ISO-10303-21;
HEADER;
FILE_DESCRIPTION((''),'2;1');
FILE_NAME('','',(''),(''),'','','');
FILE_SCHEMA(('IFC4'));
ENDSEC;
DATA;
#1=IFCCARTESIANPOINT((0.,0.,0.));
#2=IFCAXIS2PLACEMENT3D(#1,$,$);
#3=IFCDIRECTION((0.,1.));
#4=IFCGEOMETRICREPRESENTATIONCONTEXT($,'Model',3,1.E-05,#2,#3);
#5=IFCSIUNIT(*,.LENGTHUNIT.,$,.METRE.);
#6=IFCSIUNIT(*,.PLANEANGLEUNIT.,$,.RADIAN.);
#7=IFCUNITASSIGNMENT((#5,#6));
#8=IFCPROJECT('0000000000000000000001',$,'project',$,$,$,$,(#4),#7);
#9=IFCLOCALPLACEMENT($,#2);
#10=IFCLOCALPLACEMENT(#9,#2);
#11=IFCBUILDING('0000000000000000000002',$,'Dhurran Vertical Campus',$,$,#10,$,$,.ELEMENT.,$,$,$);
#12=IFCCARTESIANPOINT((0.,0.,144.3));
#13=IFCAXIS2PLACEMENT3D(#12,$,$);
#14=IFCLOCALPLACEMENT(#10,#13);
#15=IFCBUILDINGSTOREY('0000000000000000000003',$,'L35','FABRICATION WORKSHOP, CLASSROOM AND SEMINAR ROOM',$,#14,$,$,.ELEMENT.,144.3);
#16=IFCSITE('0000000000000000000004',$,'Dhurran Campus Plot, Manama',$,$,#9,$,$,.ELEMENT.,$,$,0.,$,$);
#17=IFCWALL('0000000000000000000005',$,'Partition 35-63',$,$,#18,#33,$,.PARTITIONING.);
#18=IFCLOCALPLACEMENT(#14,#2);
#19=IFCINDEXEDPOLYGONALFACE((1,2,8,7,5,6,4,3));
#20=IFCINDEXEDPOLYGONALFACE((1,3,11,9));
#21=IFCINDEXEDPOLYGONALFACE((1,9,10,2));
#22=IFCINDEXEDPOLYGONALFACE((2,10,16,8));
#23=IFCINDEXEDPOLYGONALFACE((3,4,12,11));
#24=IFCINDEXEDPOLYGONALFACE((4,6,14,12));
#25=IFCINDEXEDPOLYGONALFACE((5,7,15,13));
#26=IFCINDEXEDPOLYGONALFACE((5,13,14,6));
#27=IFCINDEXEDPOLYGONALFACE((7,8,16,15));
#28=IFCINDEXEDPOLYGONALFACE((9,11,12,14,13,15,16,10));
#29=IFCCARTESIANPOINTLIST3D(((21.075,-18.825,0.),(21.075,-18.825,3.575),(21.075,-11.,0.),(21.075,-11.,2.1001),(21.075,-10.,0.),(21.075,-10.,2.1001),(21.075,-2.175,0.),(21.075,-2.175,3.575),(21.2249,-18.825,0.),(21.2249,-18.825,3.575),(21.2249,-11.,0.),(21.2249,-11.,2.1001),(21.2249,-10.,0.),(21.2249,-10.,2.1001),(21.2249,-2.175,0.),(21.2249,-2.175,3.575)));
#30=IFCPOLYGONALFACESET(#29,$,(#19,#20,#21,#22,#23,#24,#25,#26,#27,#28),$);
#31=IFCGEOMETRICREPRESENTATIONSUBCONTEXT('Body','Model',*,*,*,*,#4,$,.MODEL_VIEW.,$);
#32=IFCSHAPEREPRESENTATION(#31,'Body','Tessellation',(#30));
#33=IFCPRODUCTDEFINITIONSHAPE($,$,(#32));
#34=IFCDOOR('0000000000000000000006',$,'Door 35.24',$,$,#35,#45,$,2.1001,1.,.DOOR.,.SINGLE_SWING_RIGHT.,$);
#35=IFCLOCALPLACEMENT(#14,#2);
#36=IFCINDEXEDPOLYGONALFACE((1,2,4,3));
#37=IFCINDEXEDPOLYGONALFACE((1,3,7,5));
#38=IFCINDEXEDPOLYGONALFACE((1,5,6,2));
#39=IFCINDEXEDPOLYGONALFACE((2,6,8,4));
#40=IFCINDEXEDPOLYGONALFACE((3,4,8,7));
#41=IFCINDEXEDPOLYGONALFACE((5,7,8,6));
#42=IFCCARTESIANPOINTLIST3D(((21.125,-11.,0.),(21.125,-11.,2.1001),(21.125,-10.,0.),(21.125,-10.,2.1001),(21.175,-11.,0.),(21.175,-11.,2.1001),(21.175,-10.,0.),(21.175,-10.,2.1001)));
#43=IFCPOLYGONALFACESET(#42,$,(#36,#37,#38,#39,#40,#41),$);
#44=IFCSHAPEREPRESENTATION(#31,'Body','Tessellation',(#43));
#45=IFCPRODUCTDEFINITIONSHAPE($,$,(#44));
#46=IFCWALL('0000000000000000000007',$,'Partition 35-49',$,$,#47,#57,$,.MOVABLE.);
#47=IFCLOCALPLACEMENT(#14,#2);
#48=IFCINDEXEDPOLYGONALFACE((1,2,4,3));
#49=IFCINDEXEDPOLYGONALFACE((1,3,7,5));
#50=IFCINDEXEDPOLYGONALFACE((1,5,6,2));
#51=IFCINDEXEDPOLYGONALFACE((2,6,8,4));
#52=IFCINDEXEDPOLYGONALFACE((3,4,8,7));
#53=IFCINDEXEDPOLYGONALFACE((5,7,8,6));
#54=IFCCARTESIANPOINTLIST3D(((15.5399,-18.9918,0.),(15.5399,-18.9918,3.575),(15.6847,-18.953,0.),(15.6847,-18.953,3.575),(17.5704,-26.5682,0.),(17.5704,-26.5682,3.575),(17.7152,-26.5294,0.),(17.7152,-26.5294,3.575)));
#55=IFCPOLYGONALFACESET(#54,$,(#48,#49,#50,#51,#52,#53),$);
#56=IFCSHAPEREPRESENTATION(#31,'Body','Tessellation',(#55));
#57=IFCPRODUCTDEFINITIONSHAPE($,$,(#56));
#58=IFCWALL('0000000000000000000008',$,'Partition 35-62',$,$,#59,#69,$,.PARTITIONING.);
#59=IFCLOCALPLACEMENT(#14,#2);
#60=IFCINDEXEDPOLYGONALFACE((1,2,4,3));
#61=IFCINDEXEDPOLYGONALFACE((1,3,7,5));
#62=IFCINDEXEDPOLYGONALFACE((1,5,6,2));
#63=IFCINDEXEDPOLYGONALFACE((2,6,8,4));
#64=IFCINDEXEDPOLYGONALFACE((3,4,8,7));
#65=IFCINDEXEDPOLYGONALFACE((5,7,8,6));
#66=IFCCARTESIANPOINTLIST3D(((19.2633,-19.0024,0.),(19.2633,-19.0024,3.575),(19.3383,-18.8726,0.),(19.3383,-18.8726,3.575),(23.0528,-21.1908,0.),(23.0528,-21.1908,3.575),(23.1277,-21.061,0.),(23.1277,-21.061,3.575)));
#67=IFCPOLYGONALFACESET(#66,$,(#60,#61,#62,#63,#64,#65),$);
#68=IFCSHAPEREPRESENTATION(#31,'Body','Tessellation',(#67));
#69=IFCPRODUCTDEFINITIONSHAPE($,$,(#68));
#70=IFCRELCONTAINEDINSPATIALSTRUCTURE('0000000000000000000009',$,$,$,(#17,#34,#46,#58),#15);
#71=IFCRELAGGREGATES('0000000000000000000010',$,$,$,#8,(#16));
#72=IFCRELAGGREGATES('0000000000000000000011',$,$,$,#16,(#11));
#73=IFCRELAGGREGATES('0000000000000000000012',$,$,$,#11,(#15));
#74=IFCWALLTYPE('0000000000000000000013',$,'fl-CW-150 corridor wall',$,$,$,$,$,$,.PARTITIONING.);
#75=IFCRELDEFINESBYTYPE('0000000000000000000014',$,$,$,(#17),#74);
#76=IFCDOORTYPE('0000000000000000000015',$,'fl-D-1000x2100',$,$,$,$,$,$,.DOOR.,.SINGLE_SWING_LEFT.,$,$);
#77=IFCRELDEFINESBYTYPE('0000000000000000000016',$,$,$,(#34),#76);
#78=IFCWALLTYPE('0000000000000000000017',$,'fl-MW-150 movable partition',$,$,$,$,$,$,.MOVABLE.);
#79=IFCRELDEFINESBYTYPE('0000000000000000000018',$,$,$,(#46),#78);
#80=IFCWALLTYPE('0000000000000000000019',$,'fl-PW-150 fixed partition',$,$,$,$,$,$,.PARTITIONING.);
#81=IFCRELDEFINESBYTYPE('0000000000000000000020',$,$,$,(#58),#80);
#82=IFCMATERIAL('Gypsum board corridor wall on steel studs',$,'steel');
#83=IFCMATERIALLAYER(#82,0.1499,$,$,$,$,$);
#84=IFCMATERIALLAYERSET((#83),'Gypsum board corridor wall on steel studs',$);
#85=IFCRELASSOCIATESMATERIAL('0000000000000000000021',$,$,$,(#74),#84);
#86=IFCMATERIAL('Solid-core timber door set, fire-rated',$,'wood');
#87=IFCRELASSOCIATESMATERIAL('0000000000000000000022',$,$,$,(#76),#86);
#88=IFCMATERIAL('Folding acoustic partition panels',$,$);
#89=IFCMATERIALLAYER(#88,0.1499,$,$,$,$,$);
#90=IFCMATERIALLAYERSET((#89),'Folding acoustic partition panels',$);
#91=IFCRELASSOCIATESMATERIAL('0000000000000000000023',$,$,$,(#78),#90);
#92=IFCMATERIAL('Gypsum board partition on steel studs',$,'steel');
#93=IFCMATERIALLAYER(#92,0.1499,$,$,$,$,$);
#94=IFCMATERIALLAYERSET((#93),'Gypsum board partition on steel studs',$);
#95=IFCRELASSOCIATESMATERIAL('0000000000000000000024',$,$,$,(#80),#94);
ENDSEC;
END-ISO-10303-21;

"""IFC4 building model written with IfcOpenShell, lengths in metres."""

from ifc_helpers import new_model, si_unit, direction, frame, frame_2d, origin, place, context, subcontext, project, spatial, rectangle, extrude, material, layer, layer_set, type_object, element, fill, save


model = new_model("IFC4")

# Units and contexts
model_context = context("Model", 3, precision=1e-05, world=origin(), true_north=direction((0.0, 1.0)))
body_context = subcontext(model_context, "Body", "Model", "MODEL_VIEW")
ifc_project = project(units=[si_unit("LENGTHUNIT", "METRE"), si_unit("PLANEANGLEUNIT", "RADIAN")], contexts=[model_context])

# Site, building, storey
site_placement = place(None, origin())
site = spatial("IfcSite", under=ifc_project, at=site_placement, Name="Dhurran Campus Plot, Manama", CompositionType="ELEMENT", RefElevation=0.0)
building_placement = place(site_placement, origin())
building = spatial("IfcBuilding", under=site, at=building_placement, Name="Dhurran Vertical Campus", CompositionType="ELEMENT")
storey_placement = place(building_placement, frame((0.0, 0.0, 144.3)))
storey = spatial("IfcBuildingStorey", under=building, at=storey_placement, Name="L35", Description="FABRICATION WORKSHOP, CLASSROOM AND SEMINAR ROOM", CompositionType="ELEMENT", Elevation=144.3)

# Shared definitions
ifc_material_1 = material(Name="Gypsum board corridor wall on steel studs", Category="steel")
ifc_layer_1 = layer(ifc_material_1, 0.1499)
ifc_layer_set_1 = layer_set([ifc_layer_1], Name="Gypsum board corridor wall on steel studs")
wall_type_1 = type_object("IfcWallType", Name="fl-CW-150 corridor wall", PredefinedType="PARTITIONING", material=ifc_layer_set_1)

# Shared definitions
ifc_material_2 = material(Name="Solid-core timber door set, fire-rated", Category="wood")
door_type = type_object("IfcDoorType", Name="fl-D-1000x2100", OperationType="SINGLE_SWING_LEFT", PredefinedType="DOOR", material=ifc_material_2)

# Wall, opening, door
wall_1_placement = place(storey_placement, frame((21.1499, -18.825, 0.0), z_axis=(0.0, 0.0, 1.0), x_axis=(0.0, 1.0, 0.0)))
wall_1 = element("IfcWall", 1, at=wall_1_placement, inside=storey, type_object=wall_type_1, Name="Partition 35-63", PredefinedType="PARTITIONING", context=body_context, shape_type="SweptSolid", body=[
    extrude(rectangle(XDim=16.6499, YDim=0.1499, at=frame_2d((8.325, 0.0))), origin(), (0.0, 0.0, 1.0), 3.575),
])
opening_1_placement = place(wall_1_placement, frame((7.825, 0.0, 0.0)))
opening_1 = element("IfcOpeningElement", 2, at=opening_1_placement, cuts=wall_1, PredefinedType="OPENING", context=body_context, shape_type="SweptSolid", body=[
    extrude(rectangle(XDim=1.0, YDim=2.1001, at=frame_2d((0.5, 1.05))), frame((0.0, 0.085, 0.0), z_axis=(0.0, -1.0, 0.0), x_axis=(1.0, 0.0, 0.0)), (0.0, 0.0, 1.0), 0.1699),
])
door_1_placement = place(opening_1_placement, origin())
door_1 = element("IfcDoor", 3, at=door_1_placement, inside=storey, type_object=door_type, Name="Door 35.24", OperationType="SINGLE_SWING_RIGHT", OverallHeight=2.1001, OverallWidth=1.0, PredefinedType="DOOR", context=body_context, shape_type="SweptSolid", body=[
    extrude(rectangle(XDim=1.0, YDim=2.1001, at=frame_2d((0.5, 1.05))), frame((0.0, 0.0249, 0.0), z_axis=(0.0, -1.0, 0.0), x_axis=(1.0, 0.0, 0.0)), (0.0, 0.0, 1.0), 0.05),
])
fill(opening_1, door_1)

# Walls
ifc_material_3 = material(Name="Folding acoustic partition panels")
ifc_layer_2 = layer(ifc_material_3, 0.1499)
ifc_layer_set_2 = layer_set([ifc_layer_2], Name="Folding acoustic partition panels")
wall_type_2 = type_object("IfcWallType", Name="fl-MW-150 movable partition", PredefinedType="MOVABLE", material=ifc_layer_set_2)
wall_2_placement = place(storey_placement, frame((15.6123, -18.9724, 0.0), z_axis=(0.0, 0.0, 1.0), x_axis=(0.258869, -0.965912, 0.0)))
element("IfcWall", 4, at=wall_2_placement, inside=storey, type_object=wall_type_2, Name="Partition 35-49", PredefinedType="MOVABLE", context=body_context, shape_type="SweptSolid", body=[
    extrude(rectangle(XDim=7.8438, YDim=0.1499, at=frame_2d((3.9219, 0.0))), origin(), (0.0, 0.0, 1.0), 3.575),
])
ifc_material_4 = material(Name="Gypsum board partition on steel studs", Category="steel")
ifc_layer_3 = layer(ifc_material_4, 0.1499)
ifc_layer_set_3 = layer_set([ifc_layer_3], Name="Gypsum board partition on steel studs")
wall_type_3 = type_object("IfcWallType", Name="fl-PW-150 fixed partition", PredefinedType="PARTITIONING", material=ifc_layer_set_3)
wall_3_placement = place(storey_placement, frame((19.3008, -18.9375, 0.0), z_axis=(0.0, 0.0, 1.0), x_axis=(0.865968, -0.500099, 0.0)))
element("IfcWall", 5, at=wall_3_placement, inside=storey, type_object=wall_type_3, Name="Partition 35-62", PredefinedType="PARTITIONING", context=body_context, shape_type="SweptSolid", body=[
    extrude(rectangle(XDim=4.376, YDim=0.1499, at=frame_2d((2.188, 0.0))), origin(), (0.0, 0.0, 1.0), 3.575),
])

save(model, "model.ifc")
